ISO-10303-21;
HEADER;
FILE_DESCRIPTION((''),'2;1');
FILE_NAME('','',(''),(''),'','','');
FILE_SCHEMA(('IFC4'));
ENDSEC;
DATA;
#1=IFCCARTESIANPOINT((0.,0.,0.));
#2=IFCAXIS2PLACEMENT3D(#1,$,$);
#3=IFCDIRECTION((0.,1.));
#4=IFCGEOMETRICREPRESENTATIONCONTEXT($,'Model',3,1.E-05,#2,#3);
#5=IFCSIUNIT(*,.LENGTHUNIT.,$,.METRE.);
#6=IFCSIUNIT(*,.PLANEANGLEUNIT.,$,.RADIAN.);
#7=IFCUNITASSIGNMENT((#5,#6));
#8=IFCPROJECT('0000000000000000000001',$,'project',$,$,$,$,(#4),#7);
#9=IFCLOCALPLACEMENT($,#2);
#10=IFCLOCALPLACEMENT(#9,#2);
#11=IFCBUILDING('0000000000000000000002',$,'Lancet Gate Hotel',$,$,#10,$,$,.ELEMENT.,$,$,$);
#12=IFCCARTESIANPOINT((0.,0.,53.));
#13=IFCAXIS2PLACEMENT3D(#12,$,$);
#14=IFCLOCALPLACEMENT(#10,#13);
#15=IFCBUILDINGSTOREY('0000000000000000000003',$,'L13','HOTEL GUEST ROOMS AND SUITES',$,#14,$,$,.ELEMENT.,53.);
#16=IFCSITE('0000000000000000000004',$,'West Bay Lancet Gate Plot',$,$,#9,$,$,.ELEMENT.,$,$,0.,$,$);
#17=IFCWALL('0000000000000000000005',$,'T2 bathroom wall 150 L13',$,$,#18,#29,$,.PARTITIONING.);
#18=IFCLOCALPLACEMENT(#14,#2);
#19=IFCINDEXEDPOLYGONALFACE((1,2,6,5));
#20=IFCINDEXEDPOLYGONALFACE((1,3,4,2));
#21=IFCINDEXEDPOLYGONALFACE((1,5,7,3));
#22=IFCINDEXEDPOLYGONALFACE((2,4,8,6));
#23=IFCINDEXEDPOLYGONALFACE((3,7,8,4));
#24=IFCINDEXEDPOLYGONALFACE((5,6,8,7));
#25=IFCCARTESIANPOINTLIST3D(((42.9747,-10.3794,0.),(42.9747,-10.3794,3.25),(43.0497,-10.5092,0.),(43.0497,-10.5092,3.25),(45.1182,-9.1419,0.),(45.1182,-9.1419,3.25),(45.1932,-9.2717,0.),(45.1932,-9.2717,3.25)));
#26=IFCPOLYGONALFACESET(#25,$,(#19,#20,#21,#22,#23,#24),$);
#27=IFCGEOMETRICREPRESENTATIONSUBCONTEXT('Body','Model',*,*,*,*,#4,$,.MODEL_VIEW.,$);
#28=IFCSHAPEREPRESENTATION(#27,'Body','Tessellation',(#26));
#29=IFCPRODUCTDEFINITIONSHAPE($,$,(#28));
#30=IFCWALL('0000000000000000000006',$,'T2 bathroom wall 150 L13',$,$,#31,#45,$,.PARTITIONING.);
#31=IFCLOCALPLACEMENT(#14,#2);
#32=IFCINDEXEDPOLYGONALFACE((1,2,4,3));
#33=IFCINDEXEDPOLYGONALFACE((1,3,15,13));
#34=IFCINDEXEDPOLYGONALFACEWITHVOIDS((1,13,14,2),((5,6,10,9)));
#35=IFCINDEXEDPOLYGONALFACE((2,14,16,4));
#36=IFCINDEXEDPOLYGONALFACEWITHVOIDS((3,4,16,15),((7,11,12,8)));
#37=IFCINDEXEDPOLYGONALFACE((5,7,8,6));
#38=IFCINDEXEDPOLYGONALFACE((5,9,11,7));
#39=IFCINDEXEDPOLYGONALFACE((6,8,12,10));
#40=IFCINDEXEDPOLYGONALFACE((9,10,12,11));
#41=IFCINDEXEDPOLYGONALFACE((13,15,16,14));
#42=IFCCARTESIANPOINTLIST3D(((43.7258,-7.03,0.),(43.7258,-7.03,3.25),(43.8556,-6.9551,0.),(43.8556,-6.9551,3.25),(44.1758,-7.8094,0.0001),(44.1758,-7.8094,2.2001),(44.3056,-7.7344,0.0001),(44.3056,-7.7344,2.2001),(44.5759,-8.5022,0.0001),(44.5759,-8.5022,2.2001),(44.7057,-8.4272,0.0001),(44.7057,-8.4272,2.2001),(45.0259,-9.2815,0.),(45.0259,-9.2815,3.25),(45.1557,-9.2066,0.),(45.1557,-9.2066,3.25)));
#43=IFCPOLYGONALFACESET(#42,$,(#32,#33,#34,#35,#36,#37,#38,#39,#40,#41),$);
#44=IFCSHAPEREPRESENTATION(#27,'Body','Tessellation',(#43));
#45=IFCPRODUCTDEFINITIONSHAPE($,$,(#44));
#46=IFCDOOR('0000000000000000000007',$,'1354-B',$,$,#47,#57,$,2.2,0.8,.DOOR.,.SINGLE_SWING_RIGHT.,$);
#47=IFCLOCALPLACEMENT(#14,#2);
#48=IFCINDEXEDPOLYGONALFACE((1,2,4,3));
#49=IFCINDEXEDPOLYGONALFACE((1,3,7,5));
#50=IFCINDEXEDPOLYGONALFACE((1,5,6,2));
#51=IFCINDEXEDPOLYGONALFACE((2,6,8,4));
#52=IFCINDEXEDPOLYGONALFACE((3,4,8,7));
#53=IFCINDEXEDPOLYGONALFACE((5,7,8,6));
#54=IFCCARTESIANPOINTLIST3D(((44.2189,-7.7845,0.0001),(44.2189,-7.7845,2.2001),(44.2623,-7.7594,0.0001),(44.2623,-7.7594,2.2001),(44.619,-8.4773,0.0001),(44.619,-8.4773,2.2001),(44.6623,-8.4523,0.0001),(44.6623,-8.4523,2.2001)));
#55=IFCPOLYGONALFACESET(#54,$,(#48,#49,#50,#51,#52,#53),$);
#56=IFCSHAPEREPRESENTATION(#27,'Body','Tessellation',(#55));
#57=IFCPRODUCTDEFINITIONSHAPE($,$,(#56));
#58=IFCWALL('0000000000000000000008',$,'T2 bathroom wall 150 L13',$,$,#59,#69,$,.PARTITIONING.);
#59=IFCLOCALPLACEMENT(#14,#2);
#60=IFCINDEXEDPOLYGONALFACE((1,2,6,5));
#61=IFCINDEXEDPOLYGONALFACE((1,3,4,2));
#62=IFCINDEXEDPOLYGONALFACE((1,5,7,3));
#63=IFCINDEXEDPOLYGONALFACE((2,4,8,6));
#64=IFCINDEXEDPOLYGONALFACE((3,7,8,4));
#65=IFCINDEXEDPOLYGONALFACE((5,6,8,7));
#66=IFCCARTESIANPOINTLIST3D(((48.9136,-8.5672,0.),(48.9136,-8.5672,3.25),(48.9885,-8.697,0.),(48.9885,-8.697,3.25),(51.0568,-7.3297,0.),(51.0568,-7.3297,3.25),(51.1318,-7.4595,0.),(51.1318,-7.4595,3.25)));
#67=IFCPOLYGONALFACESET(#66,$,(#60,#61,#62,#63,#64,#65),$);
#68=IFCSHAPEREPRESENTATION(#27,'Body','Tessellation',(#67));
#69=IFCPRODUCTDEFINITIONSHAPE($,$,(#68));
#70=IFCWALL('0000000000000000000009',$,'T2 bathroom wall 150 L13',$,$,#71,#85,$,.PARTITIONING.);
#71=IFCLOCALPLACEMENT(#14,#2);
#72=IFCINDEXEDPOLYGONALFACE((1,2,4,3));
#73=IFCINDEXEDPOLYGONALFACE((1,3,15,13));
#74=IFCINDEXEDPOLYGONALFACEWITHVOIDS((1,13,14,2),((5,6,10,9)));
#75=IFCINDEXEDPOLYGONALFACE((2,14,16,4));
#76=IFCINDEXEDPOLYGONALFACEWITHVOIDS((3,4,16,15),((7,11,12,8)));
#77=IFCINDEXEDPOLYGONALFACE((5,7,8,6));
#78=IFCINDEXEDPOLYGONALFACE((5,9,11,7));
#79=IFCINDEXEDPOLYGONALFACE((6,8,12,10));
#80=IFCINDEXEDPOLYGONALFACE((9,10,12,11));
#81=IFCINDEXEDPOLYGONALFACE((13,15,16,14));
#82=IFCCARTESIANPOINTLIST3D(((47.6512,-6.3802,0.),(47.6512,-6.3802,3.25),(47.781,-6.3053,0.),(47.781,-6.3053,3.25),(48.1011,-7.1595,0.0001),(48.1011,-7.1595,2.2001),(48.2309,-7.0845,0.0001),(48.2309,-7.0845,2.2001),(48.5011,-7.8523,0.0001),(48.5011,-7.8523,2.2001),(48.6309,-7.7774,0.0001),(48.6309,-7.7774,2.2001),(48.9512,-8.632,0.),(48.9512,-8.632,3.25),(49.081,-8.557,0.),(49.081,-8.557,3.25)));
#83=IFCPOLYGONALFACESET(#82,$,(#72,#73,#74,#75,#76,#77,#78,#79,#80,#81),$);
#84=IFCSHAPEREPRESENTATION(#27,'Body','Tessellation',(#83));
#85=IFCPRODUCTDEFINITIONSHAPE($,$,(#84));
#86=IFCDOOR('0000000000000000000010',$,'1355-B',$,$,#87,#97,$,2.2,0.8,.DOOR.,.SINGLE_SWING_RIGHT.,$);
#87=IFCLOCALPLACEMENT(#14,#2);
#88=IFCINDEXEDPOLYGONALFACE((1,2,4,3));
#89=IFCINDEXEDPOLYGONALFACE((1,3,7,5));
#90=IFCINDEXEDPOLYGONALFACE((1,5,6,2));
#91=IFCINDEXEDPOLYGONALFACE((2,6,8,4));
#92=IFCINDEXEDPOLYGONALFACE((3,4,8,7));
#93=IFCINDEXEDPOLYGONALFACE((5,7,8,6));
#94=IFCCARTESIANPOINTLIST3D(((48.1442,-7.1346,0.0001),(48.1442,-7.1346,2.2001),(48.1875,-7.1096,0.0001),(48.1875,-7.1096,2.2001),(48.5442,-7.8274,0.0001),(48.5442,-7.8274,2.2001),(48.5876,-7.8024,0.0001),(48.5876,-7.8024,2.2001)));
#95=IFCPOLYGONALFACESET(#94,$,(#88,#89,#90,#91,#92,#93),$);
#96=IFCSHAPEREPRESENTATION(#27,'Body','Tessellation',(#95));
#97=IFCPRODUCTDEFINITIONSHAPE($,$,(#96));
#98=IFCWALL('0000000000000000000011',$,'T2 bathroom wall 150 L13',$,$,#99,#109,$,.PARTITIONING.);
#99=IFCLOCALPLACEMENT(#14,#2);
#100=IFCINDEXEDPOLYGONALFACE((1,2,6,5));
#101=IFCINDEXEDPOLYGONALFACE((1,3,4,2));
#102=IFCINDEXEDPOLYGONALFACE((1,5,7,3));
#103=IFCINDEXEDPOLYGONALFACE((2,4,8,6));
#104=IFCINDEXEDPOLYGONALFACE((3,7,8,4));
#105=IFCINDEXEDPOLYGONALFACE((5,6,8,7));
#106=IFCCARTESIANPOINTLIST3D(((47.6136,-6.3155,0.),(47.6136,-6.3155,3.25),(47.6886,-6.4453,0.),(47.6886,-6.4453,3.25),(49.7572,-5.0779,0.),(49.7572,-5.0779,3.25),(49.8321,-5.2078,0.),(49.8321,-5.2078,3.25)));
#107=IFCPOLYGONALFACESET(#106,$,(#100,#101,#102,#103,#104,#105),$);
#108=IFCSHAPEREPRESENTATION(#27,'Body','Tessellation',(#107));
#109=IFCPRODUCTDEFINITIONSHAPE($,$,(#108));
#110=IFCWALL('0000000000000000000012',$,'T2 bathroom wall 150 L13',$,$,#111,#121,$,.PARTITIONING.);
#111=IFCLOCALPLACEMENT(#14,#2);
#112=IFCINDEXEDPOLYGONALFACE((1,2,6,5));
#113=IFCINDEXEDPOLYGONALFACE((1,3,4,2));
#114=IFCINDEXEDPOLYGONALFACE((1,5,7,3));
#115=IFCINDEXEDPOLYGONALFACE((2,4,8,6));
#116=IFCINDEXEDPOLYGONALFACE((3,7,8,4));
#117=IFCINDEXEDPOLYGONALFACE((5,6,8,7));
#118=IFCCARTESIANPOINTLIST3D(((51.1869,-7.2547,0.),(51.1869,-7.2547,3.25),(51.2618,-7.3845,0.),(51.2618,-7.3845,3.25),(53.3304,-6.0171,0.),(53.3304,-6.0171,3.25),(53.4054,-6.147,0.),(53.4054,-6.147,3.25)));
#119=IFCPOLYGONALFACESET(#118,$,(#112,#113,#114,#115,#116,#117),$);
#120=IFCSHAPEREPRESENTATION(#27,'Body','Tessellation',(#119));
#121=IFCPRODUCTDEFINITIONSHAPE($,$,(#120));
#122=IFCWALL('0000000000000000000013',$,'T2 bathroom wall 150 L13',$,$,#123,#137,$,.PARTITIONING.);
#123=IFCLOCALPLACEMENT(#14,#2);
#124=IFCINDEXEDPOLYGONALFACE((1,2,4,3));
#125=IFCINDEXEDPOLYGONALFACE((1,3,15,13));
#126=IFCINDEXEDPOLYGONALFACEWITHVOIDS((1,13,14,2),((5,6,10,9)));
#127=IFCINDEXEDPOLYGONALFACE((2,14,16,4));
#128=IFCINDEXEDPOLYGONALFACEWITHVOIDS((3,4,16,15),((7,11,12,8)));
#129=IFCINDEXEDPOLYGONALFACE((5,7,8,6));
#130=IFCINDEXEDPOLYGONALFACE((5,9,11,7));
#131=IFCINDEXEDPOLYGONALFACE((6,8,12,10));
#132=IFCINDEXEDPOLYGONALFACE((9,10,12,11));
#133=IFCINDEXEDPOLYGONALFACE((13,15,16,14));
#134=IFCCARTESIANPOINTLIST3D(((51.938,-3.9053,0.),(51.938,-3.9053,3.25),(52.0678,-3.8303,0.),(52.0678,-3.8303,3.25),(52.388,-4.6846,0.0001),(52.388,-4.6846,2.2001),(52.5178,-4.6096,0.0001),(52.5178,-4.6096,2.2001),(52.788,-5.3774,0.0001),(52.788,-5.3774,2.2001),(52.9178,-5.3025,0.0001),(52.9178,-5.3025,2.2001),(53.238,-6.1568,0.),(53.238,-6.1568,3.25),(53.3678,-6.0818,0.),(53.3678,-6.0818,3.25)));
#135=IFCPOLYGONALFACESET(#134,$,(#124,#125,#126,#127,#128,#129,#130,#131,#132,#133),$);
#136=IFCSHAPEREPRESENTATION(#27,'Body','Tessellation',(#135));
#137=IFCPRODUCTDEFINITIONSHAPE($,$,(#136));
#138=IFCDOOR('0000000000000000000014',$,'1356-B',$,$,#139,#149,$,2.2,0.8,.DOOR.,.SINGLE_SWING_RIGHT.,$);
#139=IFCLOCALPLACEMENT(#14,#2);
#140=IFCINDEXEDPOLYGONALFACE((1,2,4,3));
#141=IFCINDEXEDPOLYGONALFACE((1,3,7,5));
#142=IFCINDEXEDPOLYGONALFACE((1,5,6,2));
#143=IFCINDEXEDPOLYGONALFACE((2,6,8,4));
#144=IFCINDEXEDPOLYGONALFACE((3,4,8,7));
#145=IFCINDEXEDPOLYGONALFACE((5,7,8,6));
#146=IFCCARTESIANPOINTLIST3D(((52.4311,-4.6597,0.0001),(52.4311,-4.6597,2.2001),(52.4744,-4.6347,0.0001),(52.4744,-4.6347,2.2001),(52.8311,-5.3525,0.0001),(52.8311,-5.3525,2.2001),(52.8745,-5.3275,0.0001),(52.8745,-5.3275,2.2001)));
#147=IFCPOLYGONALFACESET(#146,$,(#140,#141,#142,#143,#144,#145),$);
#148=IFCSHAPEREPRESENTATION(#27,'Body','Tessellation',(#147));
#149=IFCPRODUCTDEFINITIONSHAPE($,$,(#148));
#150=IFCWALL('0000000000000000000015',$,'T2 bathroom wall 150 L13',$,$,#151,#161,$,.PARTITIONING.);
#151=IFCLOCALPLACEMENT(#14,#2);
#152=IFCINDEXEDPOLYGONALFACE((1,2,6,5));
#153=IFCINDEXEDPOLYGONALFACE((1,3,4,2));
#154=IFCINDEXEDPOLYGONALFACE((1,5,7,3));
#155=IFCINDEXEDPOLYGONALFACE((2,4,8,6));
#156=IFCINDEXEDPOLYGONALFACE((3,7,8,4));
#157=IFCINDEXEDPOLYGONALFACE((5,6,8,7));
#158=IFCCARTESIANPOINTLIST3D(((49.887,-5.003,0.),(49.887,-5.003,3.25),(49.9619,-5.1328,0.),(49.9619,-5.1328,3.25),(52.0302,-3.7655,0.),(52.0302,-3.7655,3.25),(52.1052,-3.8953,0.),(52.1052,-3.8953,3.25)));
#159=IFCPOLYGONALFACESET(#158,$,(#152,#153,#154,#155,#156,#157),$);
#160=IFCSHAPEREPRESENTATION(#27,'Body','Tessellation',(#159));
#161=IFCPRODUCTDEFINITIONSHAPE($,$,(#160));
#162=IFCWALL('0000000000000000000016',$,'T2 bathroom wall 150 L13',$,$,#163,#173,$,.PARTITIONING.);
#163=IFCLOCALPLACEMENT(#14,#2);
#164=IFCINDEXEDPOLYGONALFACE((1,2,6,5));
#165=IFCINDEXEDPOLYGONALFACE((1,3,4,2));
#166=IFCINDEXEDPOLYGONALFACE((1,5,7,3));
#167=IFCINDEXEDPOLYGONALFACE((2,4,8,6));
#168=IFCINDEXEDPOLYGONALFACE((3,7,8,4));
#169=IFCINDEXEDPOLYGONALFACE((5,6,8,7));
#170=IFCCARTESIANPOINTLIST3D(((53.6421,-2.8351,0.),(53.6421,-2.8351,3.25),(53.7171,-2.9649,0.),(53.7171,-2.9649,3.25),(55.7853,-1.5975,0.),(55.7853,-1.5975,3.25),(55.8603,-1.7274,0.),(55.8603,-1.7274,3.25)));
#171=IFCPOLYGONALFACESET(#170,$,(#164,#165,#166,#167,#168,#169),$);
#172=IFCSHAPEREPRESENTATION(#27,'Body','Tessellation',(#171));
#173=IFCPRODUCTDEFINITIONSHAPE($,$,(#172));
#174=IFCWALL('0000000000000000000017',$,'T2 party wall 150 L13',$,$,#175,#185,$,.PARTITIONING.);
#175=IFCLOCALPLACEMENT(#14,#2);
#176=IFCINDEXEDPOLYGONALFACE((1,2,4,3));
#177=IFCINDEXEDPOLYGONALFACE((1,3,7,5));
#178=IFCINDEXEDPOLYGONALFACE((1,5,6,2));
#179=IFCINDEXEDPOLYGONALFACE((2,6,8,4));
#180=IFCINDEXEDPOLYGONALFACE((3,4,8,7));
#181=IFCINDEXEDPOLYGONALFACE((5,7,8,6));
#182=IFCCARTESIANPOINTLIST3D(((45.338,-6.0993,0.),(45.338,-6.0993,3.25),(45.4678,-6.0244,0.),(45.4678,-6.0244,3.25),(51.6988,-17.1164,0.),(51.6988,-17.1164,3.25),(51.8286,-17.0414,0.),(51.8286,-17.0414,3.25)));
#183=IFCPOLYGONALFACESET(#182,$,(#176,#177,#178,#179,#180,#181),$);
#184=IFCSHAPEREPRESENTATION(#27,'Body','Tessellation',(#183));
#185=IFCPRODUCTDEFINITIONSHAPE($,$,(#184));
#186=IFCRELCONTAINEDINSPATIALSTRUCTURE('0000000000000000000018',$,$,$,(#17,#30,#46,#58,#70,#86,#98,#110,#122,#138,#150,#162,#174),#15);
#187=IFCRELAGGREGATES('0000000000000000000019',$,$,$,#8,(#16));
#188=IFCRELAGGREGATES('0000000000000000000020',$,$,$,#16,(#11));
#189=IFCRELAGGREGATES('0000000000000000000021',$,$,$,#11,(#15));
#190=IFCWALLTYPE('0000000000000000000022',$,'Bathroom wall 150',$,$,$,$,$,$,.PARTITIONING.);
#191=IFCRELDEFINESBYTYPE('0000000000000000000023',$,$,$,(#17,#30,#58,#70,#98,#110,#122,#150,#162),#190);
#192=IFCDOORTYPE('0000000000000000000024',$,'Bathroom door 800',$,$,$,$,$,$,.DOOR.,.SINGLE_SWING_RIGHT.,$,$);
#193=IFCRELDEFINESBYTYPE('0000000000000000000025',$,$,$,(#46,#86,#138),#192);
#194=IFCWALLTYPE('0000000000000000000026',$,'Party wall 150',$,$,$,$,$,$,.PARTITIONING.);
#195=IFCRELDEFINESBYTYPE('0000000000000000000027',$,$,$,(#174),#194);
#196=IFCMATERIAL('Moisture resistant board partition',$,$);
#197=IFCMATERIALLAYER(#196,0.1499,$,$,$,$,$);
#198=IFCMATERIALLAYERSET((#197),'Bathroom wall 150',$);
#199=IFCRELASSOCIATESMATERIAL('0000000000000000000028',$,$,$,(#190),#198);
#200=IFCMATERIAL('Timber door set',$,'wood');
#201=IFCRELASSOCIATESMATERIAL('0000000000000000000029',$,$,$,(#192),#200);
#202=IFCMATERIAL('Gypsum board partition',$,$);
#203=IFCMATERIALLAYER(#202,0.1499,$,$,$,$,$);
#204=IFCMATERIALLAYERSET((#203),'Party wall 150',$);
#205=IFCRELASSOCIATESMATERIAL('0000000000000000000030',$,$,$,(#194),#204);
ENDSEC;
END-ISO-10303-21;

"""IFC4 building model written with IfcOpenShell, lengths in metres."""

from ifc_helpers import new_model, si_unit, direction, frame, frame_2d, origin, place, context, subcontext, project, spatial, rectangle, extrude, material, layer, layer_set, type_object, element, fill, save


model = new_model("IFC4")

# Units and contexts
model_context = context("Model", 3, precision=1e-05, world=origin(), true_north=direction((0.0, 1.0)))
body_context = subcontext(model_context, "Body", "Model", "MODEL_VIEW")
ifc_project = project(units=[si_unit("LENGTHUNIT", "METRE"), si_unit("PLANEANGLEUNIT", "RADIAN")], contexts=[model_context])

# Site, building, storey
site_placement = place(None, origin())
site = spatial("IfcSite", under=ifc_project, at=site_placement, Name="West Bay Lancet Gate Plot", CompositionType="ELEMENT", RefElevation=0.0)
building_placement = place(site_placement, origin())
building = spatial("IfcBuilding", under=site, at=building_placement, Name="Lancet Gate Hotel", CompositionType="ELEMENT")
storey_placement = place(building_placement, frame((0.0, 0.0, 53.0)))
storey = spatial("IfcBuildingStorey", under=building, at=storey_placement, Name="L13", Description="HOTEL GUEST ROOMS AND SUITES", CompositionType="ELEMENT", Elevation=53.0)

# Wall
ifc_material_1 = material(Name="Moisture resistant board partition")
ifc_layer_1 = layer(ifc_material_1, 0.1499)
ifc_layer_set_1 = layer_set([ifc_layer_1], Name="Bathroom wall 150")
wall_type_1 = type_object("IfcWallType", Name="Bathroom wall 150", PredefinedType="PARTITIONING", material=ifc_layer_set_1)
wall_1_placement = place(storey_placement, frame((43.0122, -10.4443, 0.0), z_axis=(0.0, 0.0, 1.0), x_axis=(0.866031, 0.49999, 0.0)))
element("IfcWall", 1, at=wall_1_placement, inside=storey, type_object=wall_type_1, Name="T2 bathroom wall 150 L13", PredefinedType="PARTITIONING", context=body_context, shape_type="SweptSolid", body=[
    extrude(rectangle(XDim=2.4751, YDim=0.1499, at=frame_2d((1.2375, 0.0))), origin(), (0.0, 0.0, 1.0), 3.25),
])

# Wall, opening, door
wall_2_placement = place(storey_placement, frame((43.7908, -6.9927, 0.0), z_axis=(0.0, 0.0, 1.0), x_axis=(0.500048, -0.865998, 0.0)))
wall_2 = element("IfcWall", 2, at=wall_2_placement, inside=storey, type_object=wall_type_1, Name="T2 bathroom wall 150 L13", PredefinedType="PARTITIONING", context=body_context, shape_type="SweptSolid", body=[
    extrude(rectangle(XDim=2.5999, YDim=0.1499, at=frame_2d((1.2998, 0.0))), origin(), (0.0, 0.0, 1.0), 3.25),
])
opening_1_placement = place(wall_2_placement, frame((0.8999, 0.0, 0.0)))
opening_1 = element("IfcOpeningElement", 3, at=opening_1_placement, cuts=wall_2, PredefinedType="OPENING", context=body_context, shape_type="SweptSolid", body=[
    extrude(rectangle(XDim=0.8, YDim=2.2, at=frame_2d((0.3999, 1.1001))), frame((0.0, 0.085, 0.0), z_axis=(0.0, -1.0, 0.0), x_axis=(1.0, 0.0, 0.0)), (0.0, 0.0, 1.0), 0.1699),
])
ifc_material_2 = material(Name="Timber door set", Category="wood")
door_type_1 = type_object("IfcDoorType", Name="Bathroom door 800", OperationType="SINGLE_SWING_RIGHT", PredefinedType="DOOR", material=ifc_material_2)
door_1_placement = place(opening_1_placement, origin())
door_1 = element("IfcDoor", 4, at=door_1_placement, inside=storey, type_object=door_type_1, Name="1354-B", OperationType="SINGLE_SWING_RIGHT", OverallHeight=2.2, OverallWidth=0.8, PredefinedType="DOOR", context=body_context, shape_type="SweptSolid", body=[
    extrude(rectangle(XDim=0.8, YDim=2.2, at=frame_2d((0.3999, 1.1001))), frame((0.0, 0.0249, 0.0), z_axis=(0.0, -1.0, 0.0), x_axis=(1.0, 0.0, 0.0)), (0.0, 0.0, 1.0), 0.05),
])
fill(opening_1, door_1)

# Wall
wall_3_placement = place(storey_placement, frame((48.9512, -8.6321, 0.0), z_axis=(0.0, 0.0, 1.0), x_axis=(0.866007, 0.500033, 0.0)))
element("IfcWall", 5, at=wall_3_placement, inside=storey, type_object=wall_type_1, Name="T2 bathroom wall 150 L13", PredefinedType="PARTITIONING", context=body_context, shape_type="SweptSolid", body=[
    extrude(rectangle(XDim=2.4749, YDim=0.1499, at=frame_2d((1.2373, 0.0))), origin(), (0.0, 0.0, 1.0), 3.25),
])

# Wall, opening, door
wall_4_placement = place(storey_placement, frame((47.7161, -6.3428, 0.0), z_axis=(0.0, 0.0, 1.0), x_axis=(0.500007, -0.866021, 0.0)))
wall_4 = element("IfcWall", 6, at=wall_4_placement, inside=storey, type_object=wall_type_1, Name="T2 bathroom wall 150 L13", PredefinedType="PARTITIONING", context=body_context, shape_type="SweptSolid", body=[
    extrude(rectangle(XDim=2.6001, YDim=0.1499, at=frame_2d((1.3, 0.0))), origin(), (0.0, 0.0, 1.0), 3.25),
])
opening_2_placement = place(wall_4_placement, frame((0.8999, 0.0, 0.0)))
opening_2 = element("IfcOpeningElement", 7, at=opening_2_placement, cuts=wall_4, PredefinedType="OPENING", context=body_context, shape_type="SweptSolid", body=[
    extrude(rectangle(XDim=0.8, YDim=2.2, at=frame_2d((0.3999, 1.1001))), frame((0.0, 0.085, 0.0), z_axis=(0.0, -1.0, 0.0), x_axis=(1.0, 0.0, 0.0)), (0.0, 0.0, 1.0), 0.1699),
])
door_2_placement = place(opening_2_placement, origin())
door_2 = element("IfcDoor", 8, at=door_2_placement, inside=storey, type_object=door_type_1, Name="1355-B", OperationType="SINGLE_SWING_RIGHT", OverallHeight=2.2, OverallWidth=0.8, PredefinedType="DOOR", context=body_context, shape_type="SweptSolid", body=[
    extrude(rectangle(XDim=0.8, YDim=2.2, at=frame_2d((0.3999, 1.1001))), frame((0.0, 0.0249, 0.0), z_axis=(0.0, -1.0, 0.0), x_axis=(1.0, 0.0, 0.0)), (0.0, 0.0, 1.0), 0.05),
])
fill(opening_2, door_2)

# Walls
for number, where, z_axis, x_axis, name in (
    (9, (47.6511, -6.3804, 0.0), (0.0, 0.0, 1.0), (0.866031, 0.49999, 0.0), "T2 bathroom wall 150 L13"),
    (10, (51.2244, -7.3196, 0.0), (0.0, 0.0, 1.0), (0.866031, 0.49999, 0.0), "T2 bathroom wall 150 L13"),
):
    element("IfcWall", number, at=place(storey_placement, frame(where, z_axis=z_axis, x_axis=x_axis)), inside=storey, type_object=wall_type_1, Name=name, PredefinedType="PARTITIONING", context=body_context, shape_type="SweptSolid", body=[
        extrude(rectangle(XDim=2.4751, YDim=0.1499, at=frame_2d((1.2375, 0.0))), origin(), (0.0, 0.0, 1.0), 3.25),
    ])

# Wall, opening, door
wall_5_placement = place(storey_placement, frame((52.0029, -3.8679, 0.0), z_axis=(0.0, 0.0, 1.0), x_axis=(0.500048, -0.865998, 0.0)))
wall_5 = element("IfcWall", 11, at=wall_5_placement, inside=storey, type_object=wall_type_1, Name="T2 bathroom wall 150 L13", PredefinedType="PARTITIONING", context=body_context, shape_type="SweptSolid", body=[
    extrude(rectangle(XDim=2.5999, YDim=0.1499, at=frame_2d((1.2998, 0.0))), origin(), (0.0, 0.0, 1.0), 3.25),
])
opening_3_placement = place(wall_5_placement, frame((0.8999, 0.0, 0.0)))
opening_3 = element("IfcOpeningElement", 12, at=opening_3_placement, cuts=wall_5, PredefinedType="OPENING", context=body_context, shape_type="SweptSolid", body=[
    extrude(rectangle(XDim=0.8, YDim=2.2, at=frame_2d((0.3999, 1.1001))), frame((0.0, 0.085, 0.0), z_axis=(0.0, -1.0, 0.0), x_axis=(1.0, 0.0, 0.0)), (0.0, 0.0, 1.0), 0.1699),
])
door_3_placement = place(opening_3_placement, origin())
door_3 = element("IfcDoor", 13, at=door_3_placement, inside=storey, type_object=door_type_1, Name="1356-B", OperationType="SINGLE_SWING_RIGHT", OverallHeight=2.2, OverallWidth=0.8, PredefinedType="DOOR", context=body_context, shape_type="SweptSolid", body=[
    extrude(rectangle(XDim=0.8, YDim=2.2, at=frame_2d((0.3999, 1.1001))), frame((0.0, 0.0249, 0.0), z_axis=(0.0, -1.0, 0.0), x_axis=(1.0, 0.0, 0.0)), (0.0, 0.0, 1.0), 0.05),
])
fill(opening_3, door_3)

# Walls
for number, where, z_axis, x_axis, name in (
    (14, (49.9246, -5.0679, 0.0), (0.0, 0.0, 1.0), (0.866007, 0.500033, 0.0), "T2 bathroom wall 150 L13"),
    (15, (53.6797, -2.8999, 0.0), (0.0, 0.0, 1.0), (0.866007, 0.500033, 0.0), "T2 bathroom wall 150 L13"),
):
    element("IfcWall", number, at=place(storey_placement, frame(where, z_axis=z_axis, x_axis=x_axis)), inside=storey, type_object=wall_type_1, Name=name, PredefinedType="PARTITIONING", context=body_context, shape_type="SweptSolid", body=[
        extrude(rectangle(XDim=2.4749, YDim=0.1499, at=frame_2d((1.2373, 0.0))), origin(), (0.0, 0.0, 1.0), 3.25),
    ])
ifc_material_3 = material(Name="Gypsum board partition")
ifc_layer_2 = layer(ifc_material_3, 0.1499)
ifc_layer_set_2 = layer_set([ifc_layer_2], Name="Party wall 150")
wall_type_2 = type_object("IfcWallType", Name="Party wall 150", PredefinedType="PARTITIONING", material=ifc_layer_set_2)
wall_6_placement = place(storey_placement, frame((45.4028, -6.0618, 0.0), z_axis=(0.0, 0.0, 1.0), x_axis=(0.500007, -0.866021, 0.0)))
element("IfcWall", 16, at=wall_6_placement, inside=storey, type_object=wall_type_2, Name="T2 party wall 150 L13", PredefinedType="PARTITIONING", context=body_context, shape_type="SweptSolid", body=[
    extrude(rectangle(XDim=12.7214, YDim=0.1499, at=frame_2d((6.3608, 0.0))), origin(), (0.0, 0.0, 1.0), 3.25),
])

save(model, "model.ifc")
